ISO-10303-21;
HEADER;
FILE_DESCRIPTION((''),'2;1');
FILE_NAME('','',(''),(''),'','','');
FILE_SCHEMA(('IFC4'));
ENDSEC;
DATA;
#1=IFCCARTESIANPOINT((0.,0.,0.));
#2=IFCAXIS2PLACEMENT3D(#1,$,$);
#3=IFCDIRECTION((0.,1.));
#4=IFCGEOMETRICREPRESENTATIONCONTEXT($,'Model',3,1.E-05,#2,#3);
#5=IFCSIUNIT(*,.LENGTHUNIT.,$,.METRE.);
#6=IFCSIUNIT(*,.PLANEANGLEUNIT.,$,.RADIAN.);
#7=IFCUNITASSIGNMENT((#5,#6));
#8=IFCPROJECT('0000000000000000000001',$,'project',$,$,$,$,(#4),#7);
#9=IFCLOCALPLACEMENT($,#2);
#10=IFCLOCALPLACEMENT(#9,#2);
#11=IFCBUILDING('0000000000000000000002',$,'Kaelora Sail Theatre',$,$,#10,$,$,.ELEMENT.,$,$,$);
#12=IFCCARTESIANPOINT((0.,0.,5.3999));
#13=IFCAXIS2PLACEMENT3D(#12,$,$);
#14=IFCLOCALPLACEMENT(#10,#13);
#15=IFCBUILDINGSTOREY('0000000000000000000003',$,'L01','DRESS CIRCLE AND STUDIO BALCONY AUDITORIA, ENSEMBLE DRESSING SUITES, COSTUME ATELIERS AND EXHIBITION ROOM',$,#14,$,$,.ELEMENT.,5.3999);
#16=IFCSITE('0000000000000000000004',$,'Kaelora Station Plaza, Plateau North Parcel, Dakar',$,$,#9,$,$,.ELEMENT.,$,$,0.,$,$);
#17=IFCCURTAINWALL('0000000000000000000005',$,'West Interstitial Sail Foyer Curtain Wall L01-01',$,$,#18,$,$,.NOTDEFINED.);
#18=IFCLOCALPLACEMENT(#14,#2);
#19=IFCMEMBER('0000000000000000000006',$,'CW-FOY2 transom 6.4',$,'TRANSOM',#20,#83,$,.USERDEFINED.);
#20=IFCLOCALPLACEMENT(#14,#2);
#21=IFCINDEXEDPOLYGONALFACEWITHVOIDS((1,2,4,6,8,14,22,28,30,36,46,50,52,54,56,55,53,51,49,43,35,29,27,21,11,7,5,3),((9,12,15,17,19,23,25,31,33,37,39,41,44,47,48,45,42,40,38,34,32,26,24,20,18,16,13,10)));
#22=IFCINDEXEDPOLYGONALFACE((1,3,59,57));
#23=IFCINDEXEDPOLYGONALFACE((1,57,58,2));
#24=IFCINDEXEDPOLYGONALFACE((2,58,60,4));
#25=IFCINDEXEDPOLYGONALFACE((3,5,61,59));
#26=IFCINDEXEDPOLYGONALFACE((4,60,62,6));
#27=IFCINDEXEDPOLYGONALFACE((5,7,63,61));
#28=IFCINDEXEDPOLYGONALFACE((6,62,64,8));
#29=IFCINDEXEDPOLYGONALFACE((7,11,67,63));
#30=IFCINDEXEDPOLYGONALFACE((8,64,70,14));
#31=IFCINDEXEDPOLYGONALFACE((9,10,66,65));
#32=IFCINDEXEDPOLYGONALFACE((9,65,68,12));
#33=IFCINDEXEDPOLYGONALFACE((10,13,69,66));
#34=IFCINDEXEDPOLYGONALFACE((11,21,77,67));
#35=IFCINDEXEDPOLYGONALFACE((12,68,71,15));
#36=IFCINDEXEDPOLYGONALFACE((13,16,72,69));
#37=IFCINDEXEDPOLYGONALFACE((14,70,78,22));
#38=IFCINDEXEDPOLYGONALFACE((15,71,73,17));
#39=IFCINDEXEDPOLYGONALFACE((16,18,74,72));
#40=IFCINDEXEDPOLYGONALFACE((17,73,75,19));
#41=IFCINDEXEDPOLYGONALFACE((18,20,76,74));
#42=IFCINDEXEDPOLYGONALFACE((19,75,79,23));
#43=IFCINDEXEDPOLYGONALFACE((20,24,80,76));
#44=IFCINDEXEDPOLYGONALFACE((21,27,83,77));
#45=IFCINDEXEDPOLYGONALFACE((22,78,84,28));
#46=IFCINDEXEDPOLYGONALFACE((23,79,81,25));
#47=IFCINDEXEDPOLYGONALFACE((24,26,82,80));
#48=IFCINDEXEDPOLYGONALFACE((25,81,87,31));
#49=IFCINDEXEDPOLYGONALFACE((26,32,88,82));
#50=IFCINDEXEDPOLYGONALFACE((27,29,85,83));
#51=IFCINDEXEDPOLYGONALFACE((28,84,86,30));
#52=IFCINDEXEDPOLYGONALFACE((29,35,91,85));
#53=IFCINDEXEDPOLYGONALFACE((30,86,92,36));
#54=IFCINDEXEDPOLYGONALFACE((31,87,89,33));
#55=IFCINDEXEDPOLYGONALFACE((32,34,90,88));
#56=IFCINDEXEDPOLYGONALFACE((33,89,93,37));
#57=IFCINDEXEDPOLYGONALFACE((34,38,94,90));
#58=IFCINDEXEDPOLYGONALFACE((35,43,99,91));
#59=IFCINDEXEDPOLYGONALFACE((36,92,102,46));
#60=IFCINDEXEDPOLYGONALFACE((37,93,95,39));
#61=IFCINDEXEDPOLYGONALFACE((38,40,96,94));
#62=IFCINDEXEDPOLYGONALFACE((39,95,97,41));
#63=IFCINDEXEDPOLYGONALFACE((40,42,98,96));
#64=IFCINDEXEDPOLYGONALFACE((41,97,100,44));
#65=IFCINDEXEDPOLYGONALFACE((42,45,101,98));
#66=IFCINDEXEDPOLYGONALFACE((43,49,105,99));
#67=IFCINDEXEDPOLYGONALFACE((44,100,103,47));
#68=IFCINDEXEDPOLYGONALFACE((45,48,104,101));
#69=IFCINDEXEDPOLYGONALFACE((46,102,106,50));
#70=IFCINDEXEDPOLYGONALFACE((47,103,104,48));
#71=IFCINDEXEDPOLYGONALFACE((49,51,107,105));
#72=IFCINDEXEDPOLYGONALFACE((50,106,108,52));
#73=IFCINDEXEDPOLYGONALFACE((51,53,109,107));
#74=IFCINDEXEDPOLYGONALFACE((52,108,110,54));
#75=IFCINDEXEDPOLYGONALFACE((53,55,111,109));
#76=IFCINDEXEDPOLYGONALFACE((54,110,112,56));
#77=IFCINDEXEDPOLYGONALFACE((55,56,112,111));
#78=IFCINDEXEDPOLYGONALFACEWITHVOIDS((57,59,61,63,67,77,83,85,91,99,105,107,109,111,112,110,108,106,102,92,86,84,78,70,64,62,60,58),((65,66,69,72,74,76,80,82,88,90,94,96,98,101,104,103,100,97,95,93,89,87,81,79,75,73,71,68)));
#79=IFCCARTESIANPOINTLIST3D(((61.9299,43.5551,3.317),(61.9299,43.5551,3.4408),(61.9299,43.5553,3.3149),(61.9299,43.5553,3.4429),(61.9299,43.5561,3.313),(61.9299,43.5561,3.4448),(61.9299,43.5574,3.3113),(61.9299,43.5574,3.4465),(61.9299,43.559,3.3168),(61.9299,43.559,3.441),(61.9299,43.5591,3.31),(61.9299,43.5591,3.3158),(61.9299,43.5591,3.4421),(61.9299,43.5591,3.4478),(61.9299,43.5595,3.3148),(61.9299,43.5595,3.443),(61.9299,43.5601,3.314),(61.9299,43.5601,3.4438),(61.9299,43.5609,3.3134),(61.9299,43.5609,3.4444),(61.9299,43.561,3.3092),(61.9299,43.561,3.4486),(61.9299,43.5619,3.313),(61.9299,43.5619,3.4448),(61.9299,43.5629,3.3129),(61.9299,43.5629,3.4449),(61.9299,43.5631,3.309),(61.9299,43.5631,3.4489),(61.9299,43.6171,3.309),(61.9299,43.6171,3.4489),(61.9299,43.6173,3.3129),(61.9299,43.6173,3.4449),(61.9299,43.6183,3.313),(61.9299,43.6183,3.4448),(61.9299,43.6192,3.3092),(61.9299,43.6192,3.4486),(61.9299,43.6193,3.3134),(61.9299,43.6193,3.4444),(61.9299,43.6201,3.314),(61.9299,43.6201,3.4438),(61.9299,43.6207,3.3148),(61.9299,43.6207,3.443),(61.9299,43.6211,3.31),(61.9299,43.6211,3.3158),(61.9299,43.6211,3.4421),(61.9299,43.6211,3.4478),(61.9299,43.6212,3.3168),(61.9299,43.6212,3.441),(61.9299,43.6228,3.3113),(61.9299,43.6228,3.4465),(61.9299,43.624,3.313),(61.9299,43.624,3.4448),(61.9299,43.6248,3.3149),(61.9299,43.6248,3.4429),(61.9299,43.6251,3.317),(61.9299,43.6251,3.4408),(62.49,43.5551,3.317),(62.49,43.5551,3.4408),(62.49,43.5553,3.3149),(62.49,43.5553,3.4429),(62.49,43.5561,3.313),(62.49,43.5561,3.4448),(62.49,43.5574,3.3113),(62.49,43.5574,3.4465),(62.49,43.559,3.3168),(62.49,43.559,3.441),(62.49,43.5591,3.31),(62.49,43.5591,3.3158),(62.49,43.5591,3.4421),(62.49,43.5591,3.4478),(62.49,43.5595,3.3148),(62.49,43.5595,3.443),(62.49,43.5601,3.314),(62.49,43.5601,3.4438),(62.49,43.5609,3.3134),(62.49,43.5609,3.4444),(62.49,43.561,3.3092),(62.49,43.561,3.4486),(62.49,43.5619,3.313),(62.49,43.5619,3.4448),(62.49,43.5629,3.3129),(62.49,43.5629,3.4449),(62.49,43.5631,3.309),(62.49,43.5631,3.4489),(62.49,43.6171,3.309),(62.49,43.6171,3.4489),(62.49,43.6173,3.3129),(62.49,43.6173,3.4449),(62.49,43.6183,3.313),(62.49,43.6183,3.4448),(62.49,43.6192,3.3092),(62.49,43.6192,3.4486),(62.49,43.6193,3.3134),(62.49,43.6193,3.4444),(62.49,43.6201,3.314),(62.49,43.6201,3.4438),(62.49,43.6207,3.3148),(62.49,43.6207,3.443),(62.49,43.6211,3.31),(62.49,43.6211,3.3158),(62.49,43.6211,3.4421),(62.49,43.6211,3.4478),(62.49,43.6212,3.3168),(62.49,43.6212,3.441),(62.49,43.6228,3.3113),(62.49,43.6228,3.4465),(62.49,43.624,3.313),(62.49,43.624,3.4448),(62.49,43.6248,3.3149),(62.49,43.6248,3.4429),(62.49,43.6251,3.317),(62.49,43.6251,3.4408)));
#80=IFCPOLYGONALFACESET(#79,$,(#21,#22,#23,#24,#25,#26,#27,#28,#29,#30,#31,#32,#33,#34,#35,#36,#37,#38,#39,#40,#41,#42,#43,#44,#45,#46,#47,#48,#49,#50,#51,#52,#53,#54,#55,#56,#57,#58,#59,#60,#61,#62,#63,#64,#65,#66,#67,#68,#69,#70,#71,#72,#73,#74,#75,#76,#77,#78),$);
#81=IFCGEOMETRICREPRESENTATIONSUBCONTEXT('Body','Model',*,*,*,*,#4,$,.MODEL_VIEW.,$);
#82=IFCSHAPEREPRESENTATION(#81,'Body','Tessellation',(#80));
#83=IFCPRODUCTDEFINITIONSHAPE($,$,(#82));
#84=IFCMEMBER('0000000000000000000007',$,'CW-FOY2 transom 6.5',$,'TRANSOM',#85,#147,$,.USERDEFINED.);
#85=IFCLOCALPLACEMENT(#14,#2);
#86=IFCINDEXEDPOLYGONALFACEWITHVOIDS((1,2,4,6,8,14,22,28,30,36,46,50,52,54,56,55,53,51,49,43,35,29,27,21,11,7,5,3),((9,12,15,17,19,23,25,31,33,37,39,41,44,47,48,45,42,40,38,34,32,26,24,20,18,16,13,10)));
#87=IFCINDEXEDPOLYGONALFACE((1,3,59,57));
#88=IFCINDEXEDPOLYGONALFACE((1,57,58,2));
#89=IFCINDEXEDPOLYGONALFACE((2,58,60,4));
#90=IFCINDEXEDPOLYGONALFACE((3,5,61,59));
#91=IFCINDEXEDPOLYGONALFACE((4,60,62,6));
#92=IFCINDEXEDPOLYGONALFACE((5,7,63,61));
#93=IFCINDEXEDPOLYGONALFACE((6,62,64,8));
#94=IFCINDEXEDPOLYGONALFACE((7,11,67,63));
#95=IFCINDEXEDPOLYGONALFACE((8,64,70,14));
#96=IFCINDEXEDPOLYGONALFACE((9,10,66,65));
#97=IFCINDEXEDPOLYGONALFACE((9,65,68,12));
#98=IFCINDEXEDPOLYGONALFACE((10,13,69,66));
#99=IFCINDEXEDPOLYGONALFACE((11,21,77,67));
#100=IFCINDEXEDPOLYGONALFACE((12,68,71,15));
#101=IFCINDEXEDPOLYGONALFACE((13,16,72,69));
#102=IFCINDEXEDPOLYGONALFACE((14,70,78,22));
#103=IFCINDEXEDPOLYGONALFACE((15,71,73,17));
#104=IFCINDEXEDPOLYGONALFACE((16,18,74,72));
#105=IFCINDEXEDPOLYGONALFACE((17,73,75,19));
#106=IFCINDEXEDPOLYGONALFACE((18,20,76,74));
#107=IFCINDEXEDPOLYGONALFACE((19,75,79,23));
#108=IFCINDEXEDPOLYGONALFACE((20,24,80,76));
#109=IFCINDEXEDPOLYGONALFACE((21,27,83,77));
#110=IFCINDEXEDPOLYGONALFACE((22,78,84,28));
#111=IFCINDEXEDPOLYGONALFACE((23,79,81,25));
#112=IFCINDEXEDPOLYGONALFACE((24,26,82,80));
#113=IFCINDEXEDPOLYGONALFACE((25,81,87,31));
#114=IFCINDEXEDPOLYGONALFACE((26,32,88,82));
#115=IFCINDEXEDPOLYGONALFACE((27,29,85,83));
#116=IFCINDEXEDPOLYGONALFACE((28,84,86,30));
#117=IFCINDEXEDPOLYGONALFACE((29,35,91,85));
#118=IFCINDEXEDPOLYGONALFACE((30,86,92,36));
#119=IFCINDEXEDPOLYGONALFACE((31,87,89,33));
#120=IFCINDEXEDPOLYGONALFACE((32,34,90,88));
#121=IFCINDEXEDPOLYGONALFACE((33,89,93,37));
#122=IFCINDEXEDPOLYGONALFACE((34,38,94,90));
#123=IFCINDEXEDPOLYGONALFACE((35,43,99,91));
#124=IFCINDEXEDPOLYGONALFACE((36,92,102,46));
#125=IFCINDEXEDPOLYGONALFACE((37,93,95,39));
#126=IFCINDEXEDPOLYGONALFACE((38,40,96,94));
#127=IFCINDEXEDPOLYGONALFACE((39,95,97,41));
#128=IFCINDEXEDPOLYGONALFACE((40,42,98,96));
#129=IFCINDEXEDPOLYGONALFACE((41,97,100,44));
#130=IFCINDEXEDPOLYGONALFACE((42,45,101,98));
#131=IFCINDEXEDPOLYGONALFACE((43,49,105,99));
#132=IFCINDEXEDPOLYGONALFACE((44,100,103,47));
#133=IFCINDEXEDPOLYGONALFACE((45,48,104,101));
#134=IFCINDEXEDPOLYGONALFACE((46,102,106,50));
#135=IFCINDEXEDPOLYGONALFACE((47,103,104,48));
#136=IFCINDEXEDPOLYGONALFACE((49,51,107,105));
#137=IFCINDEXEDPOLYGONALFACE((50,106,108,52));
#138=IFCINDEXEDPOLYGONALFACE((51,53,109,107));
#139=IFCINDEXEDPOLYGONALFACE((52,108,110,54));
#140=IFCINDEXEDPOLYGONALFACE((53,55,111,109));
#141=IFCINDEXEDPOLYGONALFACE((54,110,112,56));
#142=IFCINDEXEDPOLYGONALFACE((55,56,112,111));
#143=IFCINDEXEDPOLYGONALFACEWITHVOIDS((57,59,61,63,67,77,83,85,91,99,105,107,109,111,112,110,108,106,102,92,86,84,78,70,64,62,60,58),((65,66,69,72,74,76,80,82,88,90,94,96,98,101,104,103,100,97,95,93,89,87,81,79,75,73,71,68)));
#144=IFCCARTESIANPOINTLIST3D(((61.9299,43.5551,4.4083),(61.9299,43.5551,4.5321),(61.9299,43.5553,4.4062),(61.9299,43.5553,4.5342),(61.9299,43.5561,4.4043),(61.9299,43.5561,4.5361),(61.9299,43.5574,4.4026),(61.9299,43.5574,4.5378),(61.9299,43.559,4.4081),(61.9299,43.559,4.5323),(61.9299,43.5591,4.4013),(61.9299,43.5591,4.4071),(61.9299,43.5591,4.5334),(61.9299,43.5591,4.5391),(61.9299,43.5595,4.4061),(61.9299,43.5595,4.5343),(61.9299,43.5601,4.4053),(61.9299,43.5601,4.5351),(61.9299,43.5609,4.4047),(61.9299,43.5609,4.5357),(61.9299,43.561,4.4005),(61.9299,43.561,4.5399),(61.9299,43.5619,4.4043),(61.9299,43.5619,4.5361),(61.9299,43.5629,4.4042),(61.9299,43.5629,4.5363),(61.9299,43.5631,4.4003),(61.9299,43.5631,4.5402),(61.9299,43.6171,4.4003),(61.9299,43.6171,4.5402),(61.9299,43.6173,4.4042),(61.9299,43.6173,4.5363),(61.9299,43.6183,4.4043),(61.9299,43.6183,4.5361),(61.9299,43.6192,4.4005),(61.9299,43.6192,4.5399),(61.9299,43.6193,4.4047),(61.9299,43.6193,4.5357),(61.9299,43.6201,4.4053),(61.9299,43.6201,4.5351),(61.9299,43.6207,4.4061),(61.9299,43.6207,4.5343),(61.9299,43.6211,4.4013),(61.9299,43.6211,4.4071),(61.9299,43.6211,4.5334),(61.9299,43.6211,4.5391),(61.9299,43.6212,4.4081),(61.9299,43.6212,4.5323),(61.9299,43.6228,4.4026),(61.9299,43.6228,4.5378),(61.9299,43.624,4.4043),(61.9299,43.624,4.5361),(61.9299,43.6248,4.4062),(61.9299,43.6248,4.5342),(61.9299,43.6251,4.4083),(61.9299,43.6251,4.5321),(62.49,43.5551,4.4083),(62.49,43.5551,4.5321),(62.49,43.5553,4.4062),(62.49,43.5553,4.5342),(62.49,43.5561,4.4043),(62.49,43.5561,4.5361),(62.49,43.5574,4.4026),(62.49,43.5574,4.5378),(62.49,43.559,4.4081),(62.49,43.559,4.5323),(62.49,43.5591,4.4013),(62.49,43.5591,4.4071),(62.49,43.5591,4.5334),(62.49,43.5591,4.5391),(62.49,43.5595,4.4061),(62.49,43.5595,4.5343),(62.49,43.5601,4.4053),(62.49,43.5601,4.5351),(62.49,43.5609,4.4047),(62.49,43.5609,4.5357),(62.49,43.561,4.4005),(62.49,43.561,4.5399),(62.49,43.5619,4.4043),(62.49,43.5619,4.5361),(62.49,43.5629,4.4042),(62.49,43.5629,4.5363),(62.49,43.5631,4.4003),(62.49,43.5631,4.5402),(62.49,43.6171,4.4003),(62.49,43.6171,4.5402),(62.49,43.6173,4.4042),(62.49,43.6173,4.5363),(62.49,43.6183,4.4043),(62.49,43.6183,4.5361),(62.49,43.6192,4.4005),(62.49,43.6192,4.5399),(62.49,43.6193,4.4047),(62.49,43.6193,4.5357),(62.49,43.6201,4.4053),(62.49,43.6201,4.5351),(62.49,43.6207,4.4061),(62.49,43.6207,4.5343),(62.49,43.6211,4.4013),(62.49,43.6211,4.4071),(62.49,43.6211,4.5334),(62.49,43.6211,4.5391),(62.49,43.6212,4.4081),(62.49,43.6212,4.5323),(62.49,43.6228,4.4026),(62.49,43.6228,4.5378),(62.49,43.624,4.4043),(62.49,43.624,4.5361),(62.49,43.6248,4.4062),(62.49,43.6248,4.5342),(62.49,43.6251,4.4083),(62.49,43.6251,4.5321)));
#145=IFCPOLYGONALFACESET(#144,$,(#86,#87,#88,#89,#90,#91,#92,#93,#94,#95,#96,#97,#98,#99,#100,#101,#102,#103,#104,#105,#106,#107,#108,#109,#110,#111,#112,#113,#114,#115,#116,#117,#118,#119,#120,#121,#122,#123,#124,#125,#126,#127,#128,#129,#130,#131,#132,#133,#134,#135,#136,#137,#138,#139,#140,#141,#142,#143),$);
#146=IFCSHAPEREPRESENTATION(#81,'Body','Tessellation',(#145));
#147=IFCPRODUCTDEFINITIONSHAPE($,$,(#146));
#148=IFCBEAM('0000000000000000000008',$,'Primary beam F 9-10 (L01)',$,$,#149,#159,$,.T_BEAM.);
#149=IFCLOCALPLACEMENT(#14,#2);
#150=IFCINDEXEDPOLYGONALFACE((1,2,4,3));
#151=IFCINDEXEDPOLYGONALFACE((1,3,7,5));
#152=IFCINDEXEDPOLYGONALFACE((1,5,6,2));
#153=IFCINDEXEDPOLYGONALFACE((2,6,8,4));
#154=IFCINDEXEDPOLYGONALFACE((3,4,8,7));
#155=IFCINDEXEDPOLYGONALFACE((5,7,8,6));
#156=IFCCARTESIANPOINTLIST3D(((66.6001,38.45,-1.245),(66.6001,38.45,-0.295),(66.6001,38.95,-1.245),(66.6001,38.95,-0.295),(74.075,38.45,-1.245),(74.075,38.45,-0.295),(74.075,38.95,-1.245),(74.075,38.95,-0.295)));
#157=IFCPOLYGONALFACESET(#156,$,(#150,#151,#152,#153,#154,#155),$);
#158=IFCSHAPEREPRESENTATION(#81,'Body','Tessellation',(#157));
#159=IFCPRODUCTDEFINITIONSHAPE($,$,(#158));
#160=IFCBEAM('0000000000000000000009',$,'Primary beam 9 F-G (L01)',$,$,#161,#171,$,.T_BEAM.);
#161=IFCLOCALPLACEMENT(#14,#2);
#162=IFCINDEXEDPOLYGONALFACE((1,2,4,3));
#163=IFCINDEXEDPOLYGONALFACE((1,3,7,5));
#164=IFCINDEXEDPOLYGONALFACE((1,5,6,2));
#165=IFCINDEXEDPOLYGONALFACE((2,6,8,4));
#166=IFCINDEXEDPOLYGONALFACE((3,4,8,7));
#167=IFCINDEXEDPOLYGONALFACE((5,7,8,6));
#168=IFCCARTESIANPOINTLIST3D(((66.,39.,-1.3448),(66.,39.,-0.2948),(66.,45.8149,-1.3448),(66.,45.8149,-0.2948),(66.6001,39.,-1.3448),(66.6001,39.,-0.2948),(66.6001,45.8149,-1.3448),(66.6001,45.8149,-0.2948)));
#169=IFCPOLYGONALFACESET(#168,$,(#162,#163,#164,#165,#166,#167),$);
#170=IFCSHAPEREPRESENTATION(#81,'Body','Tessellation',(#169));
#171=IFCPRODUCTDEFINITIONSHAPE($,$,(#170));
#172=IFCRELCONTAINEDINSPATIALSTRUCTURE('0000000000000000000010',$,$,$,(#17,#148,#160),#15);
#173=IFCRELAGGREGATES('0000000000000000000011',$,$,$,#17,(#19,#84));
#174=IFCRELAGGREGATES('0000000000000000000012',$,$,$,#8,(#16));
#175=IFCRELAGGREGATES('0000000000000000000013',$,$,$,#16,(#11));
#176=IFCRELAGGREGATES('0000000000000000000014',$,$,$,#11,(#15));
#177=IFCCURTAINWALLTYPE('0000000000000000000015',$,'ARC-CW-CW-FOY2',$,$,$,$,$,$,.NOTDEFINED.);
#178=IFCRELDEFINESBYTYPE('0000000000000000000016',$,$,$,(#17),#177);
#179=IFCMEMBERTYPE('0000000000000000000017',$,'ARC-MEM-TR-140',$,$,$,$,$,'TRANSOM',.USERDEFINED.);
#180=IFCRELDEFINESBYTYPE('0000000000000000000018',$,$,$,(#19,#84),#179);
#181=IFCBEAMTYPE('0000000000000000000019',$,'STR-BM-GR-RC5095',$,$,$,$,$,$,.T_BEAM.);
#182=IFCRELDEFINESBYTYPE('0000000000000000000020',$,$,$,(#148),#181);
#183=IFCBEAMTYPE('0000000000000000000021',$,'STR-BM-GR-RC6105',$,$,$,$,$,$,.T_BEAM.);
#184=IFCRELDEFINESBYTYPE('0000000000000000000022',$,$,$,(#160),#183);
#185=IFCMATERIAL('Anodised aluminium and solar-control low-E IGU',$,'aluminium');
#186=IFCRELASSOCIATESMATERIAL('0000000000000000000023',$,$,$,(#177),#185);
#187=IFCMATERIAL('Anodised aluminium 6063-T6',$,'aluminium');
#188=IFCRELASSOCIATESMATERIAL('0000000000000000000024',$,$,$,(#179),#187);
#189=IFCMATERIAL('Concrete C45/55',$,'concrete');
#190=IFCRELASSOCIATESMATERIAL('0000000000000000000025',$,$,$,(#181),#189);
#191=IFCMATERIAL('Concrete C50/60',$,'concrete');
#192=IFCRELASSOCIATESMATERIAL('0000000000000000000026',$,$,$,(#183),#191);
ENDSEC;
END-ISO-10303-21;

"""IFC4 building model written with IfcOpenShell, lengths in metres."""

from ifc_helpers import new_model, si_unit, direction, frame, origin, origin_2d, place, context, subcontext, project, spatial, rectangle, hollow_rectangle, extrude, material, material_profile, profile_set, type_object, element, aggregate, save


model = new_model("IFC4")

# Units and contexts
model_context = context("Model", 3, precision=1e-05, world=origin(), true_north=direction((0.0, 1.0)))
body_context = subcontext(model_context, "Body", "Model", "MODEL_VIEW")
ifc_project = project(units=[si_unit("LENGTHUNIT", "METRE"), si_unit("PLANEANGLEUNIT", "RADIAN")], contexts=[model_context])

# Site, building, storey
site_placement = place(None, origin())
site = spatial("IfcSite", under=ifc_project, at=site_placement, Name="Kaelora Station Plaza, Plateau North Parcel, Dakar", CompositionType="ELEMENT", RefElevation=0.0)
building_placement = place(site_placement, origin())
building = spatial("IfcBuilding", under=site, at=building_placement, Name="Kaelora Sail Theatre", CompositionType="ELEMENT")
storey_placement = place(building_placement, frame((0.0, 0.0, 5.3999)))
storey = spatial("IfcBuildingStorey", under=building, at=storey_placement, Name="L01", Description="DRESS CIRCLE AND STUDIO BALCONY AUDITORIA, ENSEMBLE DRESSING SUITES, COSTUME ATELIERS AND EXHIBITION ROOM", CompositionType="ELEMENT", Elevation=5.3999)

# Curtain wall, members
ifc_material_1 = material(Name="Anodised aluminium and solar-control low-E IGU", Category="aluminium")
curtain_wall_type = type_object("IfcCurtainWallType", Name="ARC-CW-CW-FOY2", PredefinedType="NOTDEFINED", material=ifc_material_1)
curtain_wall_placement = place(storey_placement, origin())
curtain_wall = element("IfcCurtainWall", 1, at=curtain_wall_placement, inside=storey, type_object=curtain_wall_type, Name="West Interstitial Sail Foyer Curtain Wall L01-01", PredefinedType="NOTDEFINED")
ifc_material_2 = material(Name="Anodised aluminium 6063-T6", Category="aluminium")
ifc_material_profile_1 = material_profile(ifc_material_2, hollow_rectangle(XDim=0.0701, YDim=0.1399, WallThickness=0.0039, InnerFilletRadius=0.0039, OuterFilletRadius=0.0081, at=origin_2d()), Name="ALU-TRAN 70x140x4")
ifc_profile_set_1 = profile_set([ifc_material_profile_1], Name="Anodised aluminium 6063-T6")
member_type_1 = type_object("IfcMemberType", Name="ARC-MEM-TR-140", ElementType="TRANSOM", PredefinedType="USERDEFINED", material=ifc_profile_set_1)
member_1_placement = place(storey_placement, frame((61.9299, 43.5901, 3.3789), z_axis=(1.0, 0.0, 0.0), x_axis=(0.0, 1.0, 0.0)))
member_1 = element("IfcMember", 2, at=member_1_placement, type_object=member_type_1, Name="CW-FOY2 transom 6.4", ObjectType="TRANSOM", PredefinedType="USERDEFINED", context=body_context, shape_type="SweptSolid", body=[
    extrude(hollow_rectangle(XDim=0.0701, YDim=0.1399, WallThickness=0.0039, InnerFilletRadius=0.0039, OuterFilletRadius=0.0081, at=origin_2d()), origin(), (0.0, 0.0, 1.0), 0.5601),
])
member_2_placement = place(storey_placement, frame((61.9299, 43.5901, 4.4702), z_axis=(1.0, 0.0, 0.0), x_axis=(0.0, 1.0, 0.0)))
member_2 = element("IfcMember", 3, at=member_2_placement, type_object=member_type_1, Name="CW-FOY2 transom 6.5", ObjectType="TRANSOM", PredefinedType="USERDEFINED", context=body_context, shape_type="SweptSolid", body=[
    extrude(hollow_rectangle(XDim=0.0701, YDim=0.1399, WallThickness=0.0039, InnerFilletRadius=0.0039, OuterFilletRadius=0.0081, at=origin_2d()), origin(), (0.0, 0.0, 1.0), 0.5601),
])

# Beams
ifc_material_3 = material(Name="Concrete C45/55", Category="concrete")
ifc_material_profile_2 = material_profile(ifc_material_3, rectangle(XDim=0.5, YDim=0.95, at=origin_2d()), Name="RC-GRD 500x950")
ifc_profile_set_2 = profile_set([ifc_material_profile_2], Name="Concrete C45/55")
beam_type_1 = type_object("IfcBeamType", Name="STR-BM-GR-RC5095", PredefinedType="T_BEAM", material=ifc_profile_set_2)
beam_1_placement = place(storey_placement, frame((66.6001, 38.7, -0.77), z_axis=(1.0, 0.0, 0.0), x_axis=(0.0, 1.0, 0.0)))
element("IfcBeam", 4, at=beam_1_placement, inside=storey, type_object=beam_type_1, Name="Primary beam F 9-10 (L01)", PredefinedType="T_BEAM", context=body_context, shape_type="SweptSolid", body=[
    extrude(rectangle(XDim=0.5, YDim=0.95, at=origin_2d()), origin(), (0.0, 0.0, 1.0), 7.4749),
])
ifc_material_4 = material(Name="Concrete C50/60", Category="concrete")
ifc_material_profile_3 = material_profile(ifc_material_4, rectangle(XDim=0.6001, YDim=1.05, at=origin_2d()), Name="RC-GRD 600x1050")
ifc_profile_set_3 = profile_set([ifc_material_profile_3], Name="Concrete C50/60")
beam_type_2 = type_object("IfcBeamType", Name="STR-BM-GR-RC6105", PredefinedType="T_BEAM", material=ifc_profile_set_3)
beam_2_placement = place(storey_placement, frame((66.3, 39.0, -0.8198), z_axis=(0.0, 1.0, 0.0), x_axis=(-1.0, 0.0, 0.0)))
element("IfcBeam", 5, at=beam_2_placement, inside=storey, type_object=beam_type_2, Name="Primary beam 9 F-G (L01)", PredefinedType="T_BEAM", context=body_context, shape_type="SweptSolid", body=[
    extrude(rectangle(XDim=0.6001, YDim=1.05, at=origin_2d()), origin(), (0.0, 0.0, 1.0), 6.8149),
])

aggregate(curtain_wall, [member_1, member_2])

save(model, "model.ifc")
